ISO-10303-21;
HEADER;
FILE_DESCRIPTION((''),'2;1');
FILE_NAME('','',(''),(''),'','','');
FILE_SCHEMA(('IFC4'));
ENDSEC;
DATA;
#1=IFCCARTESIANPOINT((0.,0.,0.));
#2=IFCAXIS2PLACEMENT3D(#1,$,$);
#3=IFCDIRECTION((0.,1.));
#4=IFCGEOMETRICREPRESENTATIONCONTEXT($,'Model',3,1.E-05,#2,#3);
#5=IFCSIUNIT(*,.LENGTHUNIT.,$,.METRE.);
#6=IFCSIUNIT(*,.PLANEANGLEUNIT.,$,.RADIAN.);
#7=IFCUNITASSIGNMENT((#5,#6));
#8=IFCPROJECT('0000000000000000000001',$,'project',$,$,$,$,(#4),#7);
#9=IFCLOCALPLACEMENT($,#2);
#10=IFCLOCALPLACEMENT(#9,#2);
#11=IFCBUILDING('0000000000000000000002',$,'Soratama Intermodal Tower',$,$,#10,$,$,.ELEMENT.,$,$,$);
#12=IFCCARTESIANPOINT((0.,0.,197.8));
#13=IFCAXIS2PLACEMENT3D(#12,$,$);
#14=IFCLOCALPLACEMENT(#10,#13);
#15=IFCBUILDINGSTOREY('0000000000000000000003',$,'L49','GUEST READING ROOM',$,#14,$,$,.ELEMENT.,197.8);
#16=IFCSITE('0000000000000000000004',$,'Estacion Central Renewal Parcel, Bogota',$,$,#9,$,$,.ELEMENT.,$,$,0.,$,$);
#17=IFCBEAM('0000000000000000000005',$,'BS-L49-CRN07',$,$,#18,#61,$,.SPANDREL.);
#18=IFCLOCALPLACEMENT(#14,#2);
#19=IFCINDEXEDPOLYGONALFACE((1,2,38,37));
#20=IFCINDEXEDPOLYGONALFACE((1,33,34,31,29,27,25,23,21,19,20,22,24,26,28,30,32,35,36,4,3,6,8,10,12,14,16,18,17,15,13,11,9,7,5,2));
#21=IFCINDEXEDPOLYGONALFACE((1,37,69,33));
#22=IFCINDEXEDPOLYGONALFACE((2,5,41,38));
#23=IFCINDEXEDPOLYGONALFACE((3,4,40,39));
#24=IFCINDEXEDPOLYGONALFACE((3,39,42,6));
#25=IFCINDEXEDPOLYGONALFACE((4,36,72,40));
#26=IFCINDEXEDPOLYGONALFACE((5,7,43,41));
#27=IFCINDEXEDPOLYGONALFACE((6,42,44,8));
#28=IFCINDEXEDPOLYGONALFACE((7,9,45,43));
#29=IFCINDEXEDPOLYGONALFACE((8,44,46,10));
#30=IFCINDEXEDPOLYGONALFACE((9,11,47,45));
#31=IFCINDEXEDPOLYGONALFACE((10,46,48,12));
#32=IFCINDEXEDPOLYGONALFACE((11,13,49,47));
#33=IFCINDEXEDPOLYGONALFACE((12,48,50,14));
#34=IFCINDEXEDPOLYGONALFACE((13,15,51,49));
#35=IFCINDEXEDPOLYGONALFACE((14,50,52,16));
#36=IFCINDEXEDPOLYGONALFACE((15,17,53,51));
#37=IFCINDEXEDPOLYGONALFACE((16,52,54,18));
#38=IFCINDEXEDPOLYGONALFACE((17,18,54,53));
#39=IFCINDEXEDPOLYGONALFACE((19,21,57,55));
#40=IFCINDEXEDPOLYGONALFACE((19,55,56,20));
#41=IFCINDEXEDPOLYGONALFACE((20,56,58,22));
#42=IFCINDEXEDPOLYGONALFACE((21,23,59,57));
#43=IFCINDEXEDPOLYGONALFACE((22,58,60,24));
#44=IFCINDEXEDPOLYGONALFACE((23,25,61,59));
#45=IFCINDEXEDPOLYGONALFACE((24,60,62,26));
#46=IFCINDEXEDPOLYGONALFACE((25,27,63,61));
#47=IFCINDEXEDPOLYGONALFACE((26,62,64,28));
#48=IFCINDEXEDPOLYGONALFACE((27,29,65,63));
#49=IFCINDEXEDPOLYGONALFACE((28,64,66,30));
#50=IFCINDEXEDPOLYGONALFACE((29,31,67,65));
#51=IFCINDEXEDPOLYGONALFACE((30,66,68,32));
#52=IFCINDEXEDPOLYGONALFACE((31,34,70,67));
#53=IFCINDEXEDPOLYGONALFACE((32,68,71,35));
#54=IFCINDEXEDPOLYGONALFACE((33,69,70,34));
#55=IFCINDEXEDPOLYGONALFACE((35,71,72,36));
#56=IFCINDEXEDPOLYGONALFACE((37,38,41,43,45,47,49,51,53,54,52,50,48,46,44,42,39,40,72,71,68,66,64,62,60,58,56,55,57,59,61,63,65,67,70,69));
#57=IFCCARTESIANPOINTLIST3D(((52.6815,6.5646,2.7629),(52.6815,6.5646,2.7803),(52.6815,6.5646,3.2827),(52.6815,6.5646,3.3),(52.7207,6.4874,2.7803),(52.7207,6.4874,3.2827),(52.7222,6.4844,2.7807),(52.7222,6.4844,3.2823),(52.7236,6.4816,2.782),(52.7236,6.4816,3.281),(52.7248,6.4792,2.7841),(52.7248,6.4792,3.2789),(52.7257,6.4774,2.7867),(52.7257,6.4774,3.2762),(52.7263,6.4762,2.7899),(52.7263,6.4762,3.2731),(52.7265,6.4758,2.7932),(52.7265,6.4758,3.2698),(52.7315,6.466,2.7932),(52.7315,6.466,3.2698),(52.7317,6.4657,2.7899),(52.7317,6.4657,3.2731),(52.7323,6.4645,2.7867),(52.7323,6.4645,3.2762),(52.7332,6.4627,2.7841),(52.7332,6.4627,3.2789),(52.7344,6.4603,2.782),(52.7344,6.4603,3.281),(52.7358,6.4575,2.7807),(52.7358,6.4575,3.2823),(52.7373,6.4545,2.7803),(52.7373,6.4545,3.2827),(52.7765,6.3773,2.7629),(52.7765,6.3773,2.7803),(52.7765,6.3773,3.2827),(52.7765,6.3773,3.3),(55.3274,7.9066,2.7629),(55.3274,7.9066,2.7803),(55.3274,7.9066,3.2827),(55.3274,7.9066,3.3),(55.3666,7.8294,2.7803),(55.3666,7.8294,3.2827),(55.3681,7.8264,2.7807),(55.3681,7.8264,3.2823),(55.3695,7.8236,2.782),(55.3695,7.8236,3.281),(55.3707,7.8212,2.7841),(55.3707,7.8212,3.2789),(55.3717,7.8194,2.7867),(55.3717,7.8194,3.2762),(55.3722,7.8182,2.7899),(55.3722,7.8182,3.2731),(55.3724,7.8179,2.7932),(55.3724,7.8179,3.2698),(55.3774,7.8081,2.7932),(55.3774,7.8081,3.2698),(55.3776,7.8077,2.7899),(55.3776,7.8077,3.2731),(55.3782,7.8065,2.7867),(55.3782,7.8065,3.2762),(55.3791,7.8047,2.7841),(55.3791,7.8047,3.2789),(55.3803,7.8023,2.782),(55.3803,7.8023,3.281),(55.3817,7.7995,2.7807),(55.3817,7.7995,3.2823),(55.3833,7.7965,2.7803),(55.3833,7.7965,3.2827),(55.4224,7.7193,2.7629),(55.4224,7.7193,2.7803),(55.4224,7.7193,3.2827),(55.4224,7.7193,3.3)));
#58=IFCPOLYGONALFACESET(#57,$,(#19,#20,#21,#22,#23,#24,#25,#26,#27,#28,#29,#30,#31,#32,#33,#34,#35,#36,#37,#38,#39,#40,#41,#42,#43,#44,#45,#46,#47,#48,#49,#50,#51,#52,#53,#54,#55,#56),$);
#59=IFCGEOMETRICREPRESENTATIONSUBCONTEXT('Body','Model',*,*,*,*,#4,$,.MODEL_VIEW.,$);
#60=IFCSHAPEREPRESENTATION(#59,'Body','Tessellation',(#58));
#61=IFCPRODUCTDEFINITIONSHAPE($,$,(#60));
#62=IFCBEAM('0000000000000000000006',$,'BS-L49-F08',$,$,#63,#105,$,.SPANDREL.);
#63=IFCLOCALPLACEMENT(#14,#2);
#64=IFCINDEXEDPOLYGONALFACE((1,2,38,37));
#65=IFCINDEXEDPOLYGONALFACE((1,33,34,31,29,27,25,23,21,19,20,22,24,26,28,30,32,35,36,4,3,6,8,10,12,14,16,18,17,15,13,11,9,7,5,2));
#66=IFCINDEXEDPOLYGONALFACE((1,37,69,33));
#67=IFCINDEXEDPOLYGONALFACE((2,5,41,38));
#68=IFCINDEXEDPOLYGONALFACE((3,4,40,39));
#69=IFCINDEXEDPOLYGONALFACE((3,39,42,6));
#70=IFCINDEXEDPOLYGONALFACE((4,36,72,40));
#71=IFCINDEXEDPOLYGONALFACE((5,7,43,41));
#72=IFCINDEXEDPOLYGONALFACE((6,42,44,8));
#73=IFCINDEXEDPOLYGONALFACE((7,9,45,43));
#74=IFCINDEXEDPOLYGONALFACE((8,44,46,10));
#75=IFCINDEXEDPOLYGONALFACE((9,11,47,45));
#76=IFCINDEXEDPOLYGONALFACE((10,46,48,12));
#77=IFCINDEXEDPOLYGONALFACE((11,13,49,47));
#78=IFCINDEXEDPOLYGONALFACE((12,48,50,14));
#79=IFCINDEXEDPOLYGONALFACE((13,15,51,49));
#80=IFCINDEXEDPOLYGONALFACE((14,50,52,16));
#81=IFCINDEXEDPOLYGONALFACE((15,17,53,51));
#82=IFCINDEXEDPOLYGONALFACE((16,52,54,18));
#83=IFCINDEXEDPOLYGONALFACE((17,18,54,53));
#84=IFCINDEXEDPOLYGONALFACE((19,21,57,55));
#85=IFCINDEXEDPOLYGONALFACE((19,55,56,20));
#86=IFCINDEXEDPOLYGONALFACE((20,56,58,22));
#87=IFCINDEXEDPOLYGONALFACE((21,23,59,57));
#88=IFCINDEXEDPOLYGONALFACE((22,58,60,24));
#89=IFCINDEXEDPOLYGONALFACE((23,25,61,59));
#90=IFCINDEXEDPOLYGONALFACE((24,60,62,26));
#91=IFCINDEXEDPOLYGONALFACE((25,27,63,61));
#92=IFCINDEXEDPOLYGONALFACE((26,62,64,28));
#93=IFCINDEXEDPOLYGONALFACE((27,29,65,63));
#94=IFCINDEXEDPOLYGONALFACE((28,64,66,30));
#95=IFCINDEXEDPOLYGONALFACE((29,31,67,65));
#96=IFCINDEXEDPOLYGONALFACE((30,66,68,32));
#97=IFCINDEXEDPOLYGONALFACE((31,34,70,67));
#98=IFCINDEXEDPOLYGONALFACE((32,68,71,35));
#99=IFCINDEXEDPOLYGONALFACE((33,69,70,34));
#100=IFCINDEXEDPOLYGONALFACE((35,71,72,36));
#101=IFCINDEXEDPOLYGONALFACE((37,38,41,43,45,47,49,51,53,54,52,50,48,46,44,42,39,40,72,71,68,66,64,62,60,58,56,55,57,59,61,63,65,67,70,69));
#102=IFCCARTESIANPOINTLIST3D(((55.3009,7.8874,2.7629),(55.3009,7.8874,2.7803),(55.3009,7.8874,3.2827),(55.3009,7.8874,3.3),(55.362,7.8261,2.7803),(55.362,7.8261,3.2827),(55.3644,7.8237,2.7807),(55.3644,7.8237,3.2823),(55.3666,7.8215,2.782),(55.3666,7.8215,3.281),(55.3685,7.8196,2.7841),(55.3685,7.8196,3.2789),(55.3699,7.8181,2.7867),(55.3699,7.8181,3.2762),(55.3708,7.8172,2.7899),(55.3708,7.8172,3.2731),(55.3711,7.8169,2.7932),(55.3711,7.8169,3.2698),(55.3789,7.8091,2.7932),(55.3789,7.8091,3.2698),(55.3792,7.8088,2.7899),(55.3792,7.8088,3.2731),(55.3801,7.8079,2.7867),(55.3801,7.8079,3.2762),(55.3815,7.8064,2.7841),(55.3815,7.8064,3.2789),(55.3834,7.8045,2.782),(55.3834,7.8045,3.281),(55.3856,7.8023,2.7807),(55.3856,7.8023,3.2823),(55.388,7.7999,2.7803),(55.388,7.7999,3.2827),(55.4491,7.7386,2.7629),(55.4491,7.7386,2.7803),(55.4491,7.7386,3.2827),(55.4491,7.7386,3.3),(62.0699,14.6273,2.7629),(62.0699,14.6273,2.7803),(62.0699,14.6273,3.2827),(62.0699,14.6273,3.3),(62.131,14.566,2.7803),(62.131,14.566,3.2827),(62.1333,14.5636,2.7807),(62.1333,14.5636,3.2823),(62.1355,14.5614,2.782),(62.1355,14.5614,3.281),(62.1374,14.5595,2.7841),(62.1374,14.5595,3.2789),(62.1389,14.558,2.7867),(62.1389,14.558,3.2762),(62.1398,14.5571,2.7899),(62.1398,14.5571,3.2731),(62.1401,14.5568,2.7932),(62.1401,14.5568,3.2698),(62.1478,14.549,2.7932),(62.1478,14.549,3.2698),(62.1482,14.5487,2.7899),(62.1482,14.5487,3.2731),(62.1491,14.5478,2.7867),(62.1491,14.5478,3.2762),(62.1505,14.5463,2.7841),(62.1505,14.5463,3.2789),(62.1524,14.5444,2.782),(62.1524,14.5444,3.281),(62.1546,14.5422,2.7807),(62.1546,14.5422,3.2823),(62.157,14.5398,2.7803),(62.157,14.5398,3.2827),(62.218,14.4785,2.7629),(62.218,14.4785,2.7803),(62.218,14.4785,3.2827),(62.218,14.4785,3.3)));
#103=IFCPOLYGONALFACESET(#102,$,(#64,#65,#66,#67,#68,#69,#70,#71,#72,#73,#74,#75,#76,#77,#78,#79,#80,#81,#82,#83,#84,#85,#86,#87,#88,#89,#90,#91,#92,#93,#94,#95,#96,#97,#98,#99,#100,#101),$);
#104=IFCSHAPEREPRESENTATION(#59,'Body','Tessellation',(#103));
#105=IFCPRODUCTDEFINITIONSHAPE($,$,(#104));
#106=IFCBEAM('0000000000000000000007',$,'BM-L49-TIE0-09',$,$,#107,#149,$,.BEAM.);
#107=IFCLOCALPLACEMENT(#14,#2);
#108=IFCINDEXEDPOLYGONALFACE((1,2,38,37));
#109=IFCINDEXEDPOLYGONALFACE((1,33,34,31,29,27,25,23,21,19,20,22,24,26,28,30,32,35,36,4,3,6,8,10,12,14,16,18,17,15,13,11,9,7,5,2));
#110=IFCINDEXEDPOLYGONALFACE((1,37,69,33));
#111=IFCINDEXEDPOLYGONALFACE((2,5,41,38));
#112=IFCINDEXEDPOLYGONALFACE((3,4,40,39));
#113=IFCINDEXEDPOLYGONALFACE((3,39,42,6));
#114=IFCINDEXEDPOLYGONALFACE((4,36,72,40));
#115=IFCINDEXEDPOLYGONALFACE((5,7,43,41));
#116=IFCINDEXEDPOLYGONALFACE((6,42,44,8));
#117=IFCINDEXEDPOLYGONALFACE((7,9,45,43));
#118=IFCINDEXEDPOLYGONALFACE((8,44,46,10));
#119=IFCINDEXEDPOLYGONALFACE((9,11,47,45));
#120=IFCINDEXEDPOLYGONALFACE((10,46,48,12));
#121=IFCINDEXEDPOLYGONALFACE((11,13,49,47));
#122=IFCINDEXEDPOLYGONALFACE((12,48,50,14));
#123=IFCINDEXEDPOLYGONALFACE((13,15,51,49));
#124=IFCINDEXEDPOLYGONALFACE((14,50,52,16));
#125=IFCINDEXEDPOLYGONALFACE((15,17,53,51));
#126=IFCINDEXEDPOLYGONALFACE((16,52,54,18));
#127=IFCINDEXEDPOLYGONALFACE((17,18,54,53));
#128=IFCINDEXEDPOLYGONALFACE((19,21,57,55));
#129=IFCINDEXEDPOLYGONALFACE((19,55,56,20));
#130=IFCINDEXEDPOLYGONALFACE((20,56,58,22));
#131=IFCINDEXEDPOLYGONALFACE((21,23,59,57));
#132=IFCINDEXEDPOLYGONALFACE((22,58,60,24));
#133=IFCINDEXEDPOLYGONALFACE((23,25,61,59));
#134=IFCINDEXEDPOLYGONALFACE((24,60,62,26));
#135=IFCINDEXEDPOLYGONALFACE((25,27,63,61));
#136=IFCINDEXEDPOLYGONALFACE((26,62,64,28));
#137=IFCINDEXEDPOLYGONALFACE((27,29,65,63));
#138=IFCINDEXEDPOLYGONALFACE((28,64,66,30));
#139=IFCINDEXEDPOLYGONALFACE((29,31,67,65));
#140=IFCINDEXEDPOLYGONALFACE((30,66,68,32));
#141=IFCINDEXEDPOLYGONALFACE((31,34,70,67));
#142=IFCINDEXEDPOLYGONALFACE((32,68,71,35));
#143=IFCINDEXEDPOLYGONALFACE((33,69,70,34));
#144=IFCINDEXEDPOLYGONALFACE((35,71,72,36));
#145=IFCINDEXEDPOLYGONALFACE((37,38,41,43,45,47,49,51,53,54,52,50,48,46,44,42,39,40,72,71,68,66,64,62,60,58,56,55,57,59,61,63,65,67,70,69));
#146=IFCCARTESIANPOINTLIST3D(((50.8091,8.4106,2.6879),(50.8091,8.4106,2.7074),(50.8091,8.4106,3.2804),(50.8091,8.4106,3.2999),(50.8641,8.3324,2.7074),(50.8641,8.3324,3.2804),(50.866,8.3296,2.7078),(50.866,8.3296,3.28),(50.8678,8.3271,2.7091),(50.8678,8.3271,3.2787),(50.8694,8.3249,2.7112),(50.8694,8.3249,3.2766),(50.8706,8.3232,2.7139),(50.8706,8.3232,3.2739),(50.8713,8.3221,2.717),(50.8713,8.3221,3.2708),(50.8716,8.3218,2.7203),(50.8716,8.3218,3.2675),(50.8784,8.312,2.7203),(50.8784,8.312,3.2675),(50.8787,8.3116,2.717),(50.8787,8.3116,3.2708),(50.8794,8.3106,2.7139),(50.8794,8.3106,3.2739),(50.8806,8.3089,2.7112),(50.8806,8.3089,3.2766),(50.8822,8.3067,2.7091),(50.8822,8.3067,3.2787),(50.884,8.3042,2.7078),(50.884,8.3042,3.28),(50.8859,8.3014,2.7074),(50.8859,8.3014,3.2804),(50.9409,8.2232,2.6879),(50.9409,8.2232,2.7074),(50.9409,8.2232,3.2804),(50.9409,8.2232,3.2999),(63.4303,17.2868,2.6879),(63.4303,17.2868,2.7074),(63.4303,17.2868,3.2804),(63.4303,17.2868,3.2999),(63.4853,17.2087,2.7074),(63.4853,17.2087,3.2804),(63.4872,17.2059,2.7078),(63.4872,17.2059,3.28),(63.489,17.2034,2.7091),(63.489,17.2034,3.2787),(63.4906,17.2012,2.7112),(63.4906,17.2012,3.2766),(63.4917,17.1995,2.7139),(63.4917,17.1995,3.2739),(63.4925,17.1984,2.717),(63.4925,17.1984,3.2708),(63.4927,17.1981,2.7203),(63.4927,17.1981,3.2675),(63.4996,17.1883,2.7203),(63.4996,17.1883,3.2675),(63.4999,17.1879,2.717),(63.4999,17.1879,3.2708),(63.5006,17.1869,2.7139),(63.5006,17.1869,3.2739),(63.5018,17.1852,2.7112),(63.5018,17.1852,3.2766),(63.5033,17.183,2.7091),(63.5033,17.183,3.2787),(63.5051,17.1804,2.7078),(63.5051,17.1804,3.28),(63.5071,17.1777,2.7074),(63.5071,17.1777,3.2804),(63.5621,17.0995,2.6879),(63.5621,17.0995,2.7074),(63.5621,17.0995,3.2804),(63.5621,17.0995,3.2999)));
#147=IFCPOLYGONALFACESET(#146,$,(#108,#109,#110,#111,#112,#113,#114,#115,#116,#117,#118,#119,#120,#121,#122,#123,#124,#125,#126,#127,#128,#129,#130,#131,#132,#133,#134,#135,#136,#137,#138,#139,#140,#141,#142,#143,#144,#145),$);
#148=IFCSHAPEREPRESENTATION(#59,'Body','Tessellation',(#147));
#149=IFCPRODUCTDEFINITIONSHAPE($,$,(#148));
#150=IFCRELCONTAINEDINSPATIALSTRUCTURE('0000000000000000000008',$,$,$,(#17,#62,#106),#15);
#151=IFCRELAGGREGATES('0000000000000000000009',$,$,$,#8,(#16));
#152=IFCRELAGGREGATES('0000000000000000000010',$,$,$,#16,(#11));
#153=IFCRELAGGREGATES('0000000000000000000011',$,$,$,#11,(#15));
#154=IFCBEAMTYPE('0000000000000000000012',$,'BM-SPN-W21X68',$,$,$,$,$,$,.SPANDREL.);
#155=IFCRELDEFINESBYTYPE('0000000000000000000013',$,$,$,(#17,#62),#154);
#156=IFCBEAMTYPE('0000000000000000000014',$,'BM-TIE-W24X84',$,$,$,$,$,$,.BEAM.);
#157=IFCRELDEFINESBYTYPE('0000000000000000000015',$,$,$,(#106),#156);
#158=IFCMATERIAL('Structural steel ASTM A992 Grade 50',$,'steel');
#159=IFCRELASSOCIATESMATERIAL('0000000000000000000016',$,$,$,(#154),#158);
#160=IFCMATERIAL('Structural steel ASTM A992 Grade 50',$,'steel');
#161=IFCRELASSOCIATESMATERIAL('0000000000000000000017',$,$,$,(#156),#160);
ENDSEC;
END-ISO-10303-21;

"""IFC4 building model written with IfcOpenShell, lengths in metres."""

from ifc_helpers import new_model, si_unit, direction, frame, origin, origin_2d, place, context, subcontext, project, spatial, i_section, extrude, material, material_profile, profile_set, type_object, element, save


model = new_model("IFC4")

# Units and contexts
model_context = context("Model", 3, precision=1e-05, world=origin(), true_north=direction((0.0, 1.0)))
body_context = subcontext(model_context, "Body", "Model", "MODEL_VIEW")
ifc_project = project(units=[si_unit("LENGTHUNIT", "METRE"), si_unit("PLANEANGLEUNIT", "RADIAN")], contexts=[model_context])

# Site, building, storey
site_placement = place(None, origin())
site = spatial("IfcSite", under=ifc_project, at=site_placement, Name="Estacion Central Renewal Parcel, Bogota", CompositionType="ELEMENT", RefElevation=0.0)
building_placement = place(site_placement, origin())
building = spatial("IfcBuilding", under=site, at=building_placement, Name="Soratama Intermodal Tower", CompositionType="ELEMENT")
storey_placement = place(building_placement, frame((0.0, 0.0, 197.8)))
storey = spatial("IfcBuildingStorey", under=building, at=storey_placement, Name="L49", Description="GUEST READING ROOM", CompositionType="ELEMENT", Elevation=197.8)

# Beams
ifc_material_1 = material(Name="Structural steel ASTM A992 Grade 50", Category="steel")
ifc_material_profile_1 = material_profile(ifc_material_1, i_section(OverallWidth=0.21, OverallDepth=0.5371, WebThickness=0.011, FlangeThickness=0.0173, FilletRadius=0.0129, at=origin_2d()), Name="W21X68")
ifc_profile_set_1 = profile_set([ifc_material_profile_1], Name="Structural steel ASTM A992 Grade 50")
beam_type_1 = type_object("IfcBeamType", Name="BM-SPN-W21X68", PredefinedType="SPANDREL", material=ifc_profile_set_1)
beam_1_placement = place(storey_placement, frame((52.729, 6.4709, 3.0315), z_axis=(0.891845, 0.452341, 0.0), x_axis=(-0.452341, 0.891845, 0.0)))
element("IfcBeam", 1, at=beam_1_placement, inside=storey, type_object=beam_type_1, Name="BS-L49-CRN07", PredefinedType="SPANDREL", context=body_context, shape_type="SweptSolid", body=[
    extrude(i_section(OverallWidth=0.21, OverallDepth=0.5371, WebThickness=0.011, FlangeThickness=0.0173, FilletRadius=0.0129, at=origin_2d()), origin(), (0.0, 0.0, 1.0), 2.9668),
])
beam_2_placement = place(storey_placement, frame((55.375, 7.813, 3.0315), z_axis=(0.708626, 0.705584, 0.0), x_axis=(-0.705584, 0.708626, 0.0)))
element("IfcBeam", 2, at=beam_2_placement, inside=storey, type_object=beam_type_1, Name="BS-L49-F08", PredefinedType="SPANDREL", context=body_context, shape_type="SweptSolid", body=[
    extrude(i_section(OverallWidth=0.21, OverallDepth=0.5371, WebThickness=0.011, FlangeThickness=0.0173, FilletRadius=0.0129, at=origin_2d()), origin(), (0.0, 0.0, 1.0), 9.5522),
])
ifc_material_2 = material(Name="Structural steel ASTM A992 Grade 50", Category="steel")
ifc_material_profile_2 = material_profile(ifc_material_2, i_section(OverallWidth=0.229, OverallDepth=0.6121, WebThickness=0.012, FlangeThickness=0.0195, FilletRadius=0.0129, at=origin_2d()), Name="W24X84")
ifc_profile_set_2 = profile_set([ifc_material_profile_2], Name="Structural steel ASTM A992 Grade 50")
beam_type_2 = type_object("IfcBeamType", Name="BM-TIE-W24X84", PredefinedType="BEAM", material=ifc_profile_set_2)
beam_3_placement = place(storey_placement, frame((50.875, 8.3169, 2.9939), z_axis=(0.817968, 0.575264, 0.0), x_axis=(-0.575264, 0.817968, 0.0)))
element("IfcBeam", 3, at=beam_3_placement, inside=storey, type_object=beam_type_2, Name="BM-L49-TIE0-09", PredefinedType="BEAM", context=body_context, shape_type="SweptSolid", body=[
    extrude(i_section(OverallWidth=0.229, OverallDepth=0.6121, WebThickness=0.012, FlangeThickness=0.0195, FilletRadius=0.0129, at=origin_2d()), origin(), (0.0, 0.0, 1.0), 15.4299),
])

save(model, "model.ifc")
